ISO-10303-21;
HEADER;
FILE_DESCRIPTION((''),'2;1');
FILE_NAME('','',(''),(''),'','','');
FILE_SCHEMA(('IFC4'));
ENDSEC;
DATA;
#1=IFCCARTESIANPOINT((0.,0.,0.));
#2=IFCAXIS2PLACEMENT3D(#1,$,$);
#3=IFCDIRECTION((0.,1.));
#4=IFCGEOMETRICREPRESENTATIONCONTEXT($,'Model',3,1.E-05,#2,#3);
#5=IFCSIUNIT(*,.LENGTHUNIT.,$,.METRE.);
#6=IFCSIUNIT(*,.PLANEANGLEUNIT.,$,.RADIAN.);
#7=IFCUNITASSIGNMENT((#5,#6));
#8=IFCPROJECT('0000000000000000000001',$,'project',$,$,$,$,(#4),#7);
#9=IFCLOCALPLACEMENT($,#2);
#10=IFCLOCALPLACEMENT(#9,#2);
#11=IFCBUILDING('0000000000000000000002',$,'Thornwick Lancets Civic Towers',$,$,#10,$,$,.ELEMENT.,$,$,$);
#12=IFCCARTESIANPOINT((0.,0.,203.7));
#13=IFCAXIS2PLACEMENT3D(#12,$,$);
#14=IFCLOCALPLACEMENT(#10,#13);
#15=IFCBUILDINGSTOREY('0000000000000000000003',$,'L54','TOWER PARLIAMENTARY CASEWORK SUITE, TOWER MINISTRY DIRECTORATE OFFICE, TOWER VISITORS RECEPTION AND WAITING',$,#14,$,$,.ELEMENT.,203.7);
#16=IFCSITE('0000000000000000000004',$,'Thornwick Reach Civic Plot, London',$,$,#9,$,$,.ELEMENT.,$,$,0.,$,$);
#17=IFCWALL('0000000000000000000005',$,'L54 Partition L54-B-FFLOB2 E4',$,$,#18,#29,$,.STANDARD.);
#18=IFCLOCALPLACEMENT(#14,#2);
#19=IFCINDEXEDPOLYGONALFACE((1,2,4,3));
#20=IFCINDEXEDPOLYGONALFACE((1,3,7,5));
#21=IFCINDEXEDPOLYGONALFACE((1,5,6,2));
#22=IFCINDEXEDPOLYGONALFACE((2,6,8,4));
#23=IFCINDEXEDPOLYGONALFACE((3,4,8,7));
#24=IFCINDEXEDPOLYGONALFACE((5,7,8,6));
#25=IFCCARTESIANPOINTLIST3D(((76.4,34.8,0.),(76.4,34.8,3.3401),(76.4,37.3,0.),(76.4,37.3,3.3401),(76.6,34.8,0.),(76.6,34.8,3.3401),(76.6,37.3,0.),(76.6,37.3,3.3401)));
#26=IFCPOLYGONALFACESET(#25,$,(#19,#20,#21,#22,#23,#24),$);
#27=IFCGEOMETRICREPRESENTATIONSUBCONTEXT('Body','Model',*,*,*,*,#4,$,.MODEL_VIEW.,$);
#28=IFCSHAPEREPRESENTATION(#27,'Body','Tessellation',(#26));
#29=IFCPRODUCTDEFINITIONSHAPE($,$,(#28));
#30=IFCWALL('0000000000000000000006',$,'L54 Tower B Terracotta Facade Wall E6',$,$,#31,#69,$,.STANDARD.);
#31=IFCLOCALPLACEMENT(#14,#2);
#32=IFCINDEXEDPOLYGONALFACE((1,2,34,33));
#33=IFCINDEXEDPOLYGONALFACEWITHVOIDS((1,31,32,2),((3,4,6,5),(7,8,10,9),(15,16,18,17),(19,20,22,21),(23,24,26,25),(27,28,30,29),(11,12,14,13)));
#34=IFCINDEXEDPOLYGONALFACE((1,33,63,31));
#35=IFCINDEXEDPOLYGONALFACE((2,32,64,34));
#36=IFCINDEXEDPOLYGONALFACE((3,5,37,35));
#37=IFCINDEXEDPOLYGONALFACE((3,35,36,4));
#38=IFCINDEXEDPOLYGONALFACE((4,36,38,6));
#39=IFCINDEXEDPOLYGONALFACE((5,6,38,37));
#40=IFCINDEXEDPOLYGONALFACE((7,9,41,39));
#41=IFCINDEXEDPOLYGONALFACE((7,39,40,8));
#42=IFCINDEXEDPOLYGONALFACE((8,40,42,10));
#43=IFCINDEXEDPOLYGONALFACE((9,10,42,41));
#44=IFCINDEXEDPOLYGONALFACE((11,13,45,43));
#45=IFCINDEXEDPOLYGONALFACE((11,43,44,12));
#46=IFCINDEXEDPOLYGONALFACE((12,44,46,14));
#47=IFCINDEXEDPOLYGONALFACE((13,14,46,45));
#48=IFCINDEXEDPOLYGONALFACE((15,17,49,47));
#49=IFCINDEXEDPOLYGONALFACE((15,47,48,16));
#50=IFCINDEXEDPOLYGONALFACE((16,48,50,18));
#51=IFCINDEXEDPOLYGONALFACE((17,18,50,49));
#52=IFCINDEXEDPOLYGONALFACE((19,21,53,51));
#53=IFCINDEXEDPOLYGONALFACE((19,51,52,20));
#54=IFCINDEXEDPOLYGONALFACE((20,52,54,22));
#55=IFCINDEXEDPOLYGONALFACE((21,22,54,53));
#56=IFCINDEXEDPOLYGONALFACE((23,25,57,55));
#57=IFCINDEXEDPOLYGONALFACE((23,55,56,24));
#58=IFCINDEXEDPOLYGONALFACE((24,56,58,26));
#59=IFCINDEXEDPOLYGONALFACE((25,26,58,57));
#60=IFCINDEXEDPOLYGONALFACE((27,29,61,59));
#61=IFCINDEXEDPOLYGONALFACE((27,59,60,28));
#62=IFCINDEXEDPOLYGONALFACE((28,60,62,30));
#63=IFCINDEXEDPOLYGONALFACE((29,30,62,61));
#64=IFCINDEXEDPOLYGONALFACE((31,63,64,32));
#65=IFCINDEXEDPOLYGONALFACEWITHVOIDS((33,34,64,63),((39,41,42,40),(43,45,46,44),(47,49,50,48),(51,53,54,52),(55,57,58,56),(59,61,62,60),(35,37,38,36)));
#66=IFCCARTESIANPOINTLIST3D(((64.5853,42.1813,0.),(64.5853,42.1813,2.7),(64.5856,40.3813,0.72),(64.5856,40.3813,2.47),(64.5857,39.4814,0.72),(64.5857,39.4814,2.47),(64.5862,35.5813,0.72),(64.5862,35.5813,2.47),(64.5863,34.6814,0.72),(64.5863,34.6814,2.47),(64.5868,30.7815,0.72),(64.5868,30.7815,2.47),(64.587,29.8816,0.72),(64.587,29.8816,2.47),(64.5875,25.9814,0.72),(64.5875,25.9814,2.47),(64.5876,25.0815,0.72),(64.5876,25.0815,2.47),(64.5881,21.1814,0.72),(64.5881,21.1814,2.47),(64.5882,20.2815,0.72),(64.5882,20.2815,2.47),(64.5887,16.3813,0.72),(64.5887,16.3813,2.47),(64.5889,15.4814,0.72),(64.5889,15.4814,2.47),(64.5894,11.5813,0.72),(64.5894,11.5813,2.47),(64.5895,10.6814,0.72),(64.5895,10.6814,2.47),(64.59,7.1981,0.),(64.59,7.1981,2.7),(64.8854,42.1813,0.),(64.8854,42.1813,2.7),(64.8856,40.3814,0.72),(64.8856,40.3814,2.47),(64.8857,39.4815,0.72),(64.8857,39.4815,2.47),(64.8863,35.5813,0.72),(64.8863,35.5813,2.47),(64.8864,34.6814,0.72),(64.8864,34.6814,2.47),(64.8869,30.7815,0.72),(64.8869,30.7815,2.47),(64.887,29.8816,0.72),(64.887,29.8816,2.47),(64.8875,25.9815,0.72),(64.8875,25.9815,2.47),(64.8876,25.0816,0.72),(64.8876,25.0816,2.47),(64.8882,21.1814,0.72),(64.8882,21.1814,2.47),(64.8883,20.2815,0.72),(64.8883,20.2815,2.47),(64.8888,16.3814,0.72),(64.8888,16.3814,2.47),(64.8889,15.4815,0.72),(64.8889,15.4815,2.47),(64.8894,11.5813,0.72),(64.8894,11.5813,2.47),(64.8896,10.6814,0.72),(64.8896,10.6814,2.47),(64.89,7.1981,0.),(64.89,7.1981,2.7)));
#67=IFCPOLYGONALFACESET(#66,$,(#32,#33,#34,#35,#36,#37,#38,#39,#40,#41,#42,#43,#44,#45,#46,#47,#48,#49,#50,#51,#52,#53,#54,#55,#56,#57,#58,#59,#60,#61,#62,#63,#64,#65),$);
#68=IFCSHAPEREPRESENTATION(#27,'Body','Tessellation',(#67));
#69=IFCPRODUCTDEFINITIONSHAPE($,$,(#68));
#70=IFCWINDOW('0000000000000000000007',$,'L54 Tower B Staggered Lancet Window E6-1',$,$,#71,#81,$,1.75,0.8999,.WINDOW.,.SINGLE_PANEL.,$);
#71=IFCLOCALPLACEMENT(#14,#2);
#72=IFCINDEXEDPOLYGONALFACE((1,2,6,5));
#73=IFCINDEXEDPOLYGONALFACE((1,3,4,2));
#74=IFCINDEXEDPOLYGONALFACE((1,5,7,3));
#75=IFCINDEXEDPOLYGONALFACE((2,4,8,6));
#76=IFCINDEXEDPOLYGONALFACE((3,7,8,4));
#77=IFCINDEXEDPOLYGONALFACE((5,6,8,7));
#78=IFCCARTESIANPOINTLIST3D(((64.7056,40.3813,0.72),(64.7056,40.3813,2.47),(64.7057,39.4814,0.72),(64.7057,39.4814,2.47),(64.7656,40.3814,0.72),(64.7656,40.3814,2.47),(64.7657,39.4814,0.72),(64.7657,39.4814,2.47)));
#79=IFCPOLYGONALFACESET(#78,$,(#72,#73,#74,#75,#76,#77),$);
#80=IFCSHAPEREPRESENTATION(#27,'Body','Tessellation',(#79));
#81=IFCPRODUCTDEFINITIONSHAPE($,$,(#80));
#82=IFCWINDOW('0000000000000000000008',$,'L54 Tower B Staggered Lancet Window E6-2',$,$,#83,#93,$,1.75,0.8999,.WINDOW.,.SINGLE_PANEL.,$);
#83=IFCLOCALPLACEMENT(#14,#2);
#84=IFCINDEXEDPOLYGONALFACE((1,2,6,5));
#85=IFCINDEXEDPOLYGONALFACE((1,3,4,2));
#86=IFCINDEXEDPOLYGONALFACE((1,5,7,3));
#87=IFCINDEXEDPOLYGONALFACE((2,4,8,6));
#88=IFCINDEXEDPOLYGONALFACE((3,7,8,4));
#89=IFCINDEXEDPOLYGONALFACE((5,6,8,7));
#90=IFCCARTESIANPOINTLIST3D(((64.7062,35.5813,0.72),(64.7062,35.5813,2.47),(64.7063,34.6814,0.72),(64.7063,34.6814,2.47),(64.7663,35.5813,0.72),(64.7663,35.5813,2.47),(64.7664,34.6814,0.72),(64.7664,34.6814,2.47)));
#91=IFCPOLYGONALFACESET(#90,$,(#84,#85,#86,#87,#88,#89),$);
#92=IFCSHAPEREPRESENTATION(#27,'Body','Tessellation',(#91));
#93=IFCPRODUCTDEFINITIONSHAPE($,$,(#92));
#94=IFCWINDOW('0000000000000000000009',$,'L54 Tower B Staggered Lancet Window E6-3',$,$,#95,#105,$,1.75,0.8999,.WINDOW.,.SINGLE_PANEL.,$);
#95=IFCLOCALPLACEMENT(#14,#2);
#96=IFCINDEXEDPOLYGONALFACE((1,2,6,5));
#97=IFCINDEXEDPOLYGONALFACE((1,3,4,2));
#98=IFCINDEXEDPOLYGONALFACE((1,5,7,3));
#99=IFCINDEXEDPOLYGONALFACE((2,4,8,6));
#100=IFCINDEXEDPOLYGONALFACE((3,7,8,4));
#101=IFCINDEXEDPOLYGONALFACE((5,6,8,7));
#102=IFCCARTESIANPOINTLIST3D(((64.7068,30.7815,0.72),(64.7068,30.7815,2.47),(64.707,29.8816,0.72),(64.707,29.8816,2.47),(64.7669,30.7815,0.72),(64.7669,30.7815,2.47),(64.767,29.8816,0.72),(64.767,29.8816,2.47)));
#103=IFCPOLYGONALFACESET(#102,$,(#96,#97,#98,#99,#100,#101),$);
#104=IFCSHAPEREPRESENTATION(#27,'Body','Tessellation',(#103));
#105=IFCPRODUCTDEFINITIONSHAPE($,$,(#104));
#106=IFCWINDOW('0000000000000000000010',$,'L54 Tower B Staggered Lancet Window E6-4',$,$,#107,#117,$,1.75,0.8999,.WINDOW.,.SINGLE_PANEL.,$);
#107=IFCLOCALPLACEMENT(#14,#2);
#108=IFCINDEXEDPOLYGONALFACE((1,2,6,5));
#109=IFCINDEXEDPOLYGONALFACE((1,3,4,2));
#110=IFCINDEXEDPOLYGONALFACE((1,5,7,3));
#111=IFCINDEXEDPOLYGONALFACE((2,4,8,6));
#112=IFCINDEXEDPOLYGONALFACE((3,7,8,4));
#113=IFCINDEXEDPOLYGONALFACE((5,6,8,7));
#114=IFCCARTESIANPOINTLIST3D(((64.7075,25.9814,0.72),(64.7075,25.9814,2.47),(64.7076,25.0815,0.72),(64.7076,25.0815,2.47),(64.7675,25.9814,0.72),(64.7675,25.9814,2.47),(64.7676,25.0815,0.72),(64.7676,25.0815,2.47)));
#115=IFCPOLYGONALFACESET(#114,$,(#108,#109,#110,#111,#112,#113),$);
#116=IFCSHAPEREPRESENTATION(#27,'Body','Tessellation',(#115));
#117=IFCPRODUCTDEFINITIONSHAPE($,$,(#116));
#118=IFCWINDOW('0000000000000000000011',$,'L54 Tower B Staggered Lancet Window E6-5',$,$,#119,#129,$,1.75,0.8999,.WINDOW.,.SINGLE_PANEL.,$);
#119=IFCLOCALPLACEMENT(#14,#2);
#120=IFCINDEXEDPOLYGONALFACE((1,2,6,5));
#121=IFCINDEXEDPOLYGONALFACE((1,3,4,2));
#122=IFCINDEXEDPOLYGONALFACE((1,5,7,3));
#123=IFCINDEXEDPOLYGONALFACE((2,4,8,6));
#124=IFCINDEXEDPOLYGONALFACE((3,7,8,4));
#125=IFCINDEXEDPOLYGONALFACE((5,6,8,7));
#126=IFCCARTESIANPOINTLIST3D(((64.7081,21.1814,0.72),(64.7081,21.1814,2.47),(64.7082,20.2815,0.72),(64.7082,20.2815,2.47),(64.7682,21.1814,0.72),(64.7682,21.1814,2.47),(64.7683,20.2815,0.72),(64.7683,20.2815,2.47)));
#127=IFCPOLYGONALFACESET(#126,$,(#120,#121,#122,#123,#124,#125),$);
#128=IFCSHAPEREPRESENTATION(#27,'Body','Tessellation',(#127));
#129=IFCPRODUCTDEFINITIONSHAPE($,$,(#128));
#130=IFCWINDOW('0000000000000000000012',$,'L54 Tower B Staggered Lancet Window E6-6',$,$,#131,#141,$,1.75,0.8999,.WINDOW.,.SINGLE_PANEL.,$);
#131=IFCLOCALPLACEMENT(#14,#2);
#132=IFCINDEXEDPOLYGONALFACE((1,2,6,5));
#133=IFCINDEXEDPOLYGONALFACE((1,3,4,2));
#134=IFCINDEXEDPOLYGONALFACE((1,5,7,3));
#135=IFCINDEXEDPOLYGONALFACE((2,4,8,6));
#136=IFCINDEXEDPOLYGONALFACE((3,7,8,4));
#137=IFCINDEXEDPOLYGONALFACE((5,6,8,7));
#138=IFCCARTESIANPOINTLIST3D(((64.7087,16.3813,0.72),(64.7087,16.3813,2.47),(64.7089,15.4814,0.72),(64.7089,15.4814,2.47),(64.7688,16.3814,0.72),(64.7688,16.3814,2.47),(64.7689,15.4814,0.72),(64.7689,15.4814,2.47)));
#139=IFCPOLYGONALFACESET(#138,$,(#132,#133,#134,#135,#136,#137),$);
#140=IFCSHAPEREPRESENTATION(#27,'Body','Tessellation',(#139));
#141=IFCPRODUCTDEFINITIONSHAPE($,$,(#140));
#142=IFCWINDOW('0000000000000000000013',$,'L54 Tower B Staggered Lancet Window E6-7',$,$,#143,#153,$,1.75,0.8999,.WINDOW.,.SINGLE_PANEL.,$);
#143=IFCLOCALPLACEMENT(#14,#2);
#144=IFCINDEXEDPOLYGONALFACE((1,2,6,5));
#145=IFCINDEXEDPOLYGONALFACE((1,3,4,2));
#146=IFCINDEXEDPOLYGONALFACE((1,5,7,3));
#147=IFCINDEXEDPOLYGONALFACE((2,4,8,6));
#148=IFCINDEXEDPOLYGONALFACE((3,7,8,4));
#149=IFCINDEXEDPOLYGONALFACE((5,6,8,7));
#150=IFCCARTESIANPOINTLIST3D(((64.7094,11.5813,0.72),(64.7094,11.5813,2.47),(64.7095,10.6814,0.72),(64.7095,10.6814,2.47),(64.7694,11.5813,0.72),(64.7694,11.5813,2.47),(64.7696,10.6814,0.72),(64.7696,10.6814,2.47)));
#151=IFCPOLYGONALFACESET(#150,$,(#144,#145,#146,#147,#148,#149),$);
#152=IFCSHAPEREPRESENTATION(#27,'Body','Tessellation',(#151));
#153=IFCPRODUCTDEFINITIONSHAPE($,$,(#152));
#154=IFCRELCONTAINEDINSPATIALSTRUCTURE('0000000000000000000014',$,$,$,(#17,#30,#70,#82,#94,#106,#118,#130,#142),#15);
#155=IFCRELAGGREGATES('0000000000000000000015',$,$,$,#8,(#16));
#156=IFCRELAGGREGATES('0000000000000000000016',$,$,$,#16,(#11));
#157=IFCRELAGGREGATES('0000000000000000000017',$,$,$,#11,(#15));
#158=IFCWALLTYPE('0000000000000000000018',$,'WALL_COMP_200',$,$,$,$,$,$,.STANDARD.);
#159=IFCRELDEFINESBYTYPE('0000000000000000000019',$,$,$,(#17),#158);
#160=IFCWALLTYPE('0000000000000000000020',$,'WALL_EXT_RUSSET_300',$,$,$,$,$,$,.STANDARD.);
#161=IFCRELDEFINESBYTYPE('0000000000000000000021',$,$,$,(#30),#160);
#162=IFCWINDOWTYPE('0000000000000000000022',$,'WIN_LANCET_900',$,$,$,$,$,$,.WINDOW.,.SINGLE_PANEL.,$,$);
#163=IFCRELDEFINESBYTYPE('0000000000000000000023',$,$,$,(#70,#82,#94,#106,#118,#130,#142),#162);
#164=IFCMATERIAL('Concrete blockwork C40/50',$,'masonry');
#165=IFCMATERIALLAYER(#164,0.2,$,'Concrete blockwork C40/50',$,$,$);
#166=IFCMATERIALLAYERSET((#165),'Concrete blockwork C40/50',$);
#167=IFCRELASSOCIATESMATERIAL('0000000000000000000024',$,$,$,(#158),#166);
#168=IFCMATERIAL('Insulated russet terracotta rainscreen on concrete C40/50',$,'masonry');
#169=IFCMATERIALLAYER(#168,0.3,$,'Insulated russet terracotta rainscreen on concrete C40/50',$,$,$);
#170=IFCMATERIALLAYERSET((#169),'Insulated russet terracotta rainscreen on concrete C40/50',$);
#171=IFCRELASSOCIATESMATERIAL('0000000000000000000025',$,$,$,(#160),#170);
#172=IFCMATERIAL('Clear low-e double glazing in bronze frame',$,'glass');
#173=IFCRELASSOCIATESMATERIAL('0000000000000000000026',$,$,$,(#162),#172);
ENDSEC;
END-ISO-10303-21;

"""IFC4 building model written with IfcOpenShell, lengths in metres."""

from ifc_helpers import new_model, si_unit, direction, frame, frame_2d, origin, place, context, subcontext, project, spatial, rectangle, extrude, material, layer, layer_set, type_object, element, fill, save


model = new_model("IFC4")

# Units and contexts
model_context = context("Model", 3, precision=1e-05, world=origin(), true_north=direction((0.0, 1.0)))
body_context = subcontext(model_context, "Body", "Model", "MODEL_VIEW")
ifc_project = project(units=[si_unit("LENGTHUNIT", "METRE"), si_unit("PLANEANGLEUNIT", "RADIAN")], contexts=[model_context])

# Site, building, storey
site_placement = place(None, origin())
site = spatial("IfcSite", under=ifc_project, at=site_placement, Name="Thornwick Reach Civic Plot, London", CompositionType="ELEMENT", RefElevation=0.0)
building_placement = place(site_placement, origin())
building = spatial("IfcBuilding", under=site, at=building_placement, Name="Thornwick Lancets Civic Towers", CompositionType="ELEMENT")
storey_placement = place(building_placement, frame((0.0, 0.0, 203.7)))
storey = spatial("IfcBuildingStorey", under=building, at=storey_placement, Name="L54", Description="TOWER PARLIAMENTARY CASEWORK SUITE, TOWER MINISTRY DIRECTORATE OFFICE, TOWER VISITORS RECEPTION AND WAITING", CompositionType="ELEMENT", Elevation=203.7)

# Wall
ifc_material_1 = material(Name="Concrete blockwork C40/50", Category="masonry")
ifc_layer_1 = layer(ifc_material_1, 0.2, Name="Concrete blockwork C40/50")
ifc_layer_set_1 = layer_set([ifc_layer_1], Name="Concrete blockwork C40/50")
wall_type_1 = type_object("IfcWallType", Name="WALL_COMP_200", PredefinedType="STANDARD", material=ifc_layer_set_1)
wall_1_placement = place(storey_placement, frame((76.5, 37.3, 0.0), z_axis=(0.0, 0.0, 1.0), x_axis=(0.0, -1.0, 0.0)))
element("IfcWall", 1, at=wall_1_placement, inside=storey, type_object=wall_type_1, Name="L54 Partition L54-B-FFLOB2 E4", PredefinedType="STANDARD", context=body_context, shape_type="SweptSolid", body=[
    extrude(rectangle(XDim=2.5, YDim=0.2, at=frame_2d((1.25, 0.0))), origin(), (0.0, 0.0, 1.0), 3.3401),
])

# Wall, openings, windows
ifc_material_2 = material(Name="Insulated russet terracotta rainscreen on concrete C40/50", Category="masonry")
ifc_layer_2 = layer(ifc_material_2, 0.3, Name="Insulated russet terracotta rainscreen on concrete C40/50")
ifc_layer_set_2 = layer_set([ifc_layer_2], Name="Insulated russet terracotta rainscreen on concrete C40/50")
wall_type_2 = type_object("IfcWallType", Name="WALL_EXT_RUSSET_300", PredefinedType="STANDARD", material=ifc_layer_set_2)
wall_2_placement = place(storey_placement, frame((64.7354, 42.1814, 0.0), z_axis=(0.0, 0.0, 1.0), x_axis=(0.000133, -1.0, 0.0)))
wall_2 = element("IfcWall", 2, at=wall_2_placement, inside=storey, type_object=wall_type_2, Name="L54 Tower B Terracotta Facade Wall E6", PredefinedType="STANDARD", context=body_context, shape_type="SweptSolid", body=[
    extrude(rectangle(XDim=34.9832, YDim=0.3, at=frame_2d((17.4917, 0.0))), origin(), (0.0, 0.0, 1.0), 2.7),
])
opening_1_placement = place(wall_2_placement, frame((1.8, 0.0, 0.72)))
opening_1 = element("IfcOpeningElement", 3, at=opening_1_placement, cuts=wall_2, PredefinedType="OPENING", context=body_context, shape_type="SweptSolid", body=[
    extrude(rectangle(XDim=0.8999, YDim=1.75, at=frame_2d((0.45, 0.875))), frame((0.0, 0.1602, 0.0), z_axis=(0.0, -1.0, 0.0), x_axis=(1.0, 0.0, 0.0)), (0.0, 0.0, 1.0), 0.3201),
])
opening_2_placement = place(wall_2_placement, frame((6.6001, 0.0, 0.72)))
opening_2 = element("IfcOpeningElement", 4, at=opening_2_placement, cuts=wall_2, PredefinedType="OPENING", context=body_context, shape_type="SweptSolid", body=[
    extrude(rectangle(XDim=0.8999, YDim=1.75, at=frame_2d((0.45, 0.875))), frame((0.0, 0.1602, 0.0), z_axis=(0.0, -1.0, 0.0), x_axis=(1.0, 0.0, 0.0)), (0.0, 0.0, 1.0), 0.3201),
])
opening_3_placement = place(wall_2_placement, frame((11.3999, 0.0, 0.72)))
opening_3 = element("IfcOpeningElement", 5, at=opening_3_placement, cuts=wall_2, PredefinedType="OPENING", context=body_context, shape_type="SweptSolid", body=[
    extrude(rectangle(XDim=0.8999, YDim=1.75, at=frame_2d((0.45, 0.875))), frame((0.0, 0.1602, 0.0), z_axis=(0.0, -1.0, 0.0), x_axis=(1.0, 0.0, 0.0)), (0.0, 0.0, 1.0), 0.3201),
])
opening_4_placement = place(wall_2_placement, frame((16.2, 0.0, 0.72)))
opening_4 = element("IfcOpeningElement", 6, at=opening_4_placement, cuts=wall_2, PredefinedType="OPENING", context=body_context, shape_type="SweptSolid", body=[
    extrude(rectangle(XDim=0.8999, YDim=1.75, at=frame_2d((0.45, 0.875))), frame((0.0, 0.1602, 0.0), z_axis=(0.0, -1.0, 0.0), x_axis=(1.0, 0.0, 0.0)), (0.0, 0.0, 1.0), 0.3201),
])
opening_5_placement = place(wall_2_placement, frame((21.0, 0.0, 0.72)))
opening_5 = element("IfcOpeningElement", 7, at=opening_5_placement, cuts=wall_2, PredefinedType="OPENING", context=body_context, shape_type="SweptSolid", body=[
    extrude(rectangle(XDim=0.8999, YDim=1.75, at=frame_2d((0.45, 0.875))), frame((0.0, 0.1602, 0.0), z_axis=(0.0, -1.0, 0.0), x_axis=(1.0, 0.0, 0.0)), (0.0, 0.0, 1.0), 0.3201),
])
opening_6_placement = place(wall_2_placement, frame((25.8, 0.0, 0.72)))
opening_6 = element("IfcOpeningElement", 8, at=opening_6_placement, cuts=wall_2, PredefinedType="OPENING", context=body_context, shape_type="SweptSolid", body=[
    extrude(rectangle(XDim=0.8999, YDim=1.75, at=frame_2d((0.45, 0.875))), frame((0.0, 0.1602, 0.0), z_axis=(0.0, -1.0, 0.0), x_axis=(1.0, 0.0, 0.0)), (0.0, 0.0, 1.0), 0.3201),
])
opening_7_placement = place(wall_2_placement, frame((30.6001, 0.0, 0.72)))
opening_7 = element("IfcOpeningElement", 9, at=opening_7_placement, cuts=wall_2, PredefinedType="OPENING", context=body_context, shape_type="SweptSolid", body=[
    extrude(rectangle(XDim=0.8999, YDim=1.75, at=frame_2d((0.45, 0.875))), frame((0.0, 0.1602, 0.0), z_axis=(0.0, -1.0, 0.0), x_axis=(1.0, 0.0, 0.0)), (0.0, 0.0, 1.0), 0.3201),
])
ifc_material_3 = material(Name="Clear low-e double glazing in bronze frame", Category="glass")
window_type = type_object("IfcWindowType", Name="WIN_LANCET_900", PartitioningType="SINGLE_PANEL", PredefinedType="WINDOW", material=ifc_material_3)
window_1_placement = place(opening_1_placement, origin())
window_1 = element("IfcWindow", 10, at=window_1_placement, inside=storey, type_object=window_type, Name="L54 Tower B Staggered Lancet Window E6-1", OverallHeight=1.75, OverallWidth=0.8999, PartitioningType="SINGLE_PANEL", PredefinedType="WINDOW", context=body_context, shape_type="SweptSolid", body=[
    extrude(rectangle(XDim=0.8999, YDim=1.75, at=frame_2d((0.45, 0.875))), frame((0.0, 0.03, 0.0), z_axis=(0.0, -1.0, 0.0), x_axis=(1.0, 0.0, 0.0)), (0.0, 0.0, 1.0), 0.0601),
])
fill(opening_1, window_1)
window_2_placement = place(opening_2_placement, origin())
window_2 = element("IfcWindow", 11, at=window_2_placement, inside=storey, type_object=window_type, Name="L54 Tower B Staggered Lancet Window E6-2", OverallHeight=1.75, OverallWidth=0.8999, PartitioningType="SINGLE_PANEL", PredefinedType="WINDOW", context=body_context, shape_type="SweptSolid", body=[
    extrude(rectangle(XDim=0.8999, YDim=1.75, at=frame_2d((0.45, 0.875))), frame((0.0, 0.03, 0.0), z_axis=(0.0, -1.0, 0.0), x_axis=(1.0, 0.0, 0.0)), (0.0, 0.0, 1.0), 0.0601),
])
fill(opening_2, window_2)
window_3_placement = place(opening_3_placement, origin())
window_3 = element("IfcWindow", 12, at=window_3_placement, inside=storey, type_object=window_type, Name="L54 Tower B Staggered Lancet Window E6-3", OverallHeight=1.75, OverallWidth=0.8999, PartitioningType="SINGLE_PANEL", PredefinedType="WINDOW", context=body_context, shape_type="SweptSolid", body=[
    extrude(rectangle(XDim=0.8999, YDim=1.75, at=frame_2d((0.45, 0.875))), frame((0.0, 0.03, 0.0), z_axis=(0.0, -1.0, 0.0), x_axis=(1.0, 0.0, 0.0)), (0.0, 0.0, 1.0), 0.0601),
])
fill(opening_3, window_3)
window_4_placement = place(opening_4_placement, origin())
window_4 = element("IfcWindow", 13, at=window_4_placement, inside=storey, type_object=window_type, Name="L54 Tower B Staggered Lancet Window E6-4", OverallHeight=1.75, OverallWidth=0.8999, PartitioningType="SINGLE_PANEL", PredefinedType="WINDOW", context=body_context, shape_type="SweptSolid", body=[
    extrude(rectangle(XDim=0.8999, YDim=1.75, at=frame_2d((0.45, 0.875))), frame((0.0, 0.03, 0.0), z_axis=(0.0, -1.0, 0.0), x_axis=(1.0, 0.0, 0.0)), (0.0, 0.0, 1.0), 0.0601),
])
fill(opening_4, window_4)
window_5_placement = place(opening_5_placement, origin())
window_5 = element("IfcWindow", 14, at=window_5_placement, inside=storey, type_object=window_type, Name="L54 Tower B Staggered Lancet Window E6-5", OverallHeight=1.75, OverallWidth=0.8999, PartitioningType="SINGLE_PANEL", PredefinedType="WINDOW", context=body_context, shape_type="SweptSolid", body=[
    extrude(rectangle(XDim=0.8999, YDim=1.75, at=frame_2d((0.45, 0.875))), frame((0.0, 0.03, 0.0), z_axis=(0.0, -1.0, 0.0), x_axis=(1.0, 0.0, 0.0)), (0.0, 0.0, 1.0), 0.0601),
])
fill(opening_5, window_5)
window_6_placement = place(opening_6_placement, origin())
window_6 = element("IfcWindow", 15, at=window_6_placement, inside=storey, type_object=window_type, Name="L54 Tower B Staggered Lancet Window E6-6", OverallHeight=1.75, OverallWidth=0.8999, PartitioningType="SINGLE_PANEL", PredefinedType="WINDOW", context=body_context, shape_type="SweptSolid", body=[
    extrude(rectangle(XDim=0.8999, YDim=1.75, at=frame_2d((0.45, 0.875))), frame((0.0, 0.03, 0.0), z_axis=(0.0, -1.0, 0.0), x_axis=(1.0, 0.0, 0.0)), (0.0, 0.0, 1.0), 0.0601),
])
fill(opening_6, window_6)
window_7_placement = place(opening_7_placement, origin())
window_7 = element("IfcWindow", 16, at=window_7_placement, inside=storey, type_object=window_type, Name="L54 Tower B Staggered Lancet Window E6-7", OverallHeight=1.75, OverallWidth=0.8999, PartitioningType="SINGLE_PANEL", PredefinedType="WINDOW", context=body_context, shape_type="SweptSolid", body=[
    extrude(rectangle(XDim=0.8999, YDim=1.75, at=frame_2d((0.45, 0.875))), frame((0.0, 0.03, 0.0), z_axis=(0.0, -1.0, 0.0), x_axis=(1.0, 0.0, 0.0)), (0.0, 0.0, 1.0), 0.0601),
])
fill(opening_7, window_7)

save(model, "model.ifc")
